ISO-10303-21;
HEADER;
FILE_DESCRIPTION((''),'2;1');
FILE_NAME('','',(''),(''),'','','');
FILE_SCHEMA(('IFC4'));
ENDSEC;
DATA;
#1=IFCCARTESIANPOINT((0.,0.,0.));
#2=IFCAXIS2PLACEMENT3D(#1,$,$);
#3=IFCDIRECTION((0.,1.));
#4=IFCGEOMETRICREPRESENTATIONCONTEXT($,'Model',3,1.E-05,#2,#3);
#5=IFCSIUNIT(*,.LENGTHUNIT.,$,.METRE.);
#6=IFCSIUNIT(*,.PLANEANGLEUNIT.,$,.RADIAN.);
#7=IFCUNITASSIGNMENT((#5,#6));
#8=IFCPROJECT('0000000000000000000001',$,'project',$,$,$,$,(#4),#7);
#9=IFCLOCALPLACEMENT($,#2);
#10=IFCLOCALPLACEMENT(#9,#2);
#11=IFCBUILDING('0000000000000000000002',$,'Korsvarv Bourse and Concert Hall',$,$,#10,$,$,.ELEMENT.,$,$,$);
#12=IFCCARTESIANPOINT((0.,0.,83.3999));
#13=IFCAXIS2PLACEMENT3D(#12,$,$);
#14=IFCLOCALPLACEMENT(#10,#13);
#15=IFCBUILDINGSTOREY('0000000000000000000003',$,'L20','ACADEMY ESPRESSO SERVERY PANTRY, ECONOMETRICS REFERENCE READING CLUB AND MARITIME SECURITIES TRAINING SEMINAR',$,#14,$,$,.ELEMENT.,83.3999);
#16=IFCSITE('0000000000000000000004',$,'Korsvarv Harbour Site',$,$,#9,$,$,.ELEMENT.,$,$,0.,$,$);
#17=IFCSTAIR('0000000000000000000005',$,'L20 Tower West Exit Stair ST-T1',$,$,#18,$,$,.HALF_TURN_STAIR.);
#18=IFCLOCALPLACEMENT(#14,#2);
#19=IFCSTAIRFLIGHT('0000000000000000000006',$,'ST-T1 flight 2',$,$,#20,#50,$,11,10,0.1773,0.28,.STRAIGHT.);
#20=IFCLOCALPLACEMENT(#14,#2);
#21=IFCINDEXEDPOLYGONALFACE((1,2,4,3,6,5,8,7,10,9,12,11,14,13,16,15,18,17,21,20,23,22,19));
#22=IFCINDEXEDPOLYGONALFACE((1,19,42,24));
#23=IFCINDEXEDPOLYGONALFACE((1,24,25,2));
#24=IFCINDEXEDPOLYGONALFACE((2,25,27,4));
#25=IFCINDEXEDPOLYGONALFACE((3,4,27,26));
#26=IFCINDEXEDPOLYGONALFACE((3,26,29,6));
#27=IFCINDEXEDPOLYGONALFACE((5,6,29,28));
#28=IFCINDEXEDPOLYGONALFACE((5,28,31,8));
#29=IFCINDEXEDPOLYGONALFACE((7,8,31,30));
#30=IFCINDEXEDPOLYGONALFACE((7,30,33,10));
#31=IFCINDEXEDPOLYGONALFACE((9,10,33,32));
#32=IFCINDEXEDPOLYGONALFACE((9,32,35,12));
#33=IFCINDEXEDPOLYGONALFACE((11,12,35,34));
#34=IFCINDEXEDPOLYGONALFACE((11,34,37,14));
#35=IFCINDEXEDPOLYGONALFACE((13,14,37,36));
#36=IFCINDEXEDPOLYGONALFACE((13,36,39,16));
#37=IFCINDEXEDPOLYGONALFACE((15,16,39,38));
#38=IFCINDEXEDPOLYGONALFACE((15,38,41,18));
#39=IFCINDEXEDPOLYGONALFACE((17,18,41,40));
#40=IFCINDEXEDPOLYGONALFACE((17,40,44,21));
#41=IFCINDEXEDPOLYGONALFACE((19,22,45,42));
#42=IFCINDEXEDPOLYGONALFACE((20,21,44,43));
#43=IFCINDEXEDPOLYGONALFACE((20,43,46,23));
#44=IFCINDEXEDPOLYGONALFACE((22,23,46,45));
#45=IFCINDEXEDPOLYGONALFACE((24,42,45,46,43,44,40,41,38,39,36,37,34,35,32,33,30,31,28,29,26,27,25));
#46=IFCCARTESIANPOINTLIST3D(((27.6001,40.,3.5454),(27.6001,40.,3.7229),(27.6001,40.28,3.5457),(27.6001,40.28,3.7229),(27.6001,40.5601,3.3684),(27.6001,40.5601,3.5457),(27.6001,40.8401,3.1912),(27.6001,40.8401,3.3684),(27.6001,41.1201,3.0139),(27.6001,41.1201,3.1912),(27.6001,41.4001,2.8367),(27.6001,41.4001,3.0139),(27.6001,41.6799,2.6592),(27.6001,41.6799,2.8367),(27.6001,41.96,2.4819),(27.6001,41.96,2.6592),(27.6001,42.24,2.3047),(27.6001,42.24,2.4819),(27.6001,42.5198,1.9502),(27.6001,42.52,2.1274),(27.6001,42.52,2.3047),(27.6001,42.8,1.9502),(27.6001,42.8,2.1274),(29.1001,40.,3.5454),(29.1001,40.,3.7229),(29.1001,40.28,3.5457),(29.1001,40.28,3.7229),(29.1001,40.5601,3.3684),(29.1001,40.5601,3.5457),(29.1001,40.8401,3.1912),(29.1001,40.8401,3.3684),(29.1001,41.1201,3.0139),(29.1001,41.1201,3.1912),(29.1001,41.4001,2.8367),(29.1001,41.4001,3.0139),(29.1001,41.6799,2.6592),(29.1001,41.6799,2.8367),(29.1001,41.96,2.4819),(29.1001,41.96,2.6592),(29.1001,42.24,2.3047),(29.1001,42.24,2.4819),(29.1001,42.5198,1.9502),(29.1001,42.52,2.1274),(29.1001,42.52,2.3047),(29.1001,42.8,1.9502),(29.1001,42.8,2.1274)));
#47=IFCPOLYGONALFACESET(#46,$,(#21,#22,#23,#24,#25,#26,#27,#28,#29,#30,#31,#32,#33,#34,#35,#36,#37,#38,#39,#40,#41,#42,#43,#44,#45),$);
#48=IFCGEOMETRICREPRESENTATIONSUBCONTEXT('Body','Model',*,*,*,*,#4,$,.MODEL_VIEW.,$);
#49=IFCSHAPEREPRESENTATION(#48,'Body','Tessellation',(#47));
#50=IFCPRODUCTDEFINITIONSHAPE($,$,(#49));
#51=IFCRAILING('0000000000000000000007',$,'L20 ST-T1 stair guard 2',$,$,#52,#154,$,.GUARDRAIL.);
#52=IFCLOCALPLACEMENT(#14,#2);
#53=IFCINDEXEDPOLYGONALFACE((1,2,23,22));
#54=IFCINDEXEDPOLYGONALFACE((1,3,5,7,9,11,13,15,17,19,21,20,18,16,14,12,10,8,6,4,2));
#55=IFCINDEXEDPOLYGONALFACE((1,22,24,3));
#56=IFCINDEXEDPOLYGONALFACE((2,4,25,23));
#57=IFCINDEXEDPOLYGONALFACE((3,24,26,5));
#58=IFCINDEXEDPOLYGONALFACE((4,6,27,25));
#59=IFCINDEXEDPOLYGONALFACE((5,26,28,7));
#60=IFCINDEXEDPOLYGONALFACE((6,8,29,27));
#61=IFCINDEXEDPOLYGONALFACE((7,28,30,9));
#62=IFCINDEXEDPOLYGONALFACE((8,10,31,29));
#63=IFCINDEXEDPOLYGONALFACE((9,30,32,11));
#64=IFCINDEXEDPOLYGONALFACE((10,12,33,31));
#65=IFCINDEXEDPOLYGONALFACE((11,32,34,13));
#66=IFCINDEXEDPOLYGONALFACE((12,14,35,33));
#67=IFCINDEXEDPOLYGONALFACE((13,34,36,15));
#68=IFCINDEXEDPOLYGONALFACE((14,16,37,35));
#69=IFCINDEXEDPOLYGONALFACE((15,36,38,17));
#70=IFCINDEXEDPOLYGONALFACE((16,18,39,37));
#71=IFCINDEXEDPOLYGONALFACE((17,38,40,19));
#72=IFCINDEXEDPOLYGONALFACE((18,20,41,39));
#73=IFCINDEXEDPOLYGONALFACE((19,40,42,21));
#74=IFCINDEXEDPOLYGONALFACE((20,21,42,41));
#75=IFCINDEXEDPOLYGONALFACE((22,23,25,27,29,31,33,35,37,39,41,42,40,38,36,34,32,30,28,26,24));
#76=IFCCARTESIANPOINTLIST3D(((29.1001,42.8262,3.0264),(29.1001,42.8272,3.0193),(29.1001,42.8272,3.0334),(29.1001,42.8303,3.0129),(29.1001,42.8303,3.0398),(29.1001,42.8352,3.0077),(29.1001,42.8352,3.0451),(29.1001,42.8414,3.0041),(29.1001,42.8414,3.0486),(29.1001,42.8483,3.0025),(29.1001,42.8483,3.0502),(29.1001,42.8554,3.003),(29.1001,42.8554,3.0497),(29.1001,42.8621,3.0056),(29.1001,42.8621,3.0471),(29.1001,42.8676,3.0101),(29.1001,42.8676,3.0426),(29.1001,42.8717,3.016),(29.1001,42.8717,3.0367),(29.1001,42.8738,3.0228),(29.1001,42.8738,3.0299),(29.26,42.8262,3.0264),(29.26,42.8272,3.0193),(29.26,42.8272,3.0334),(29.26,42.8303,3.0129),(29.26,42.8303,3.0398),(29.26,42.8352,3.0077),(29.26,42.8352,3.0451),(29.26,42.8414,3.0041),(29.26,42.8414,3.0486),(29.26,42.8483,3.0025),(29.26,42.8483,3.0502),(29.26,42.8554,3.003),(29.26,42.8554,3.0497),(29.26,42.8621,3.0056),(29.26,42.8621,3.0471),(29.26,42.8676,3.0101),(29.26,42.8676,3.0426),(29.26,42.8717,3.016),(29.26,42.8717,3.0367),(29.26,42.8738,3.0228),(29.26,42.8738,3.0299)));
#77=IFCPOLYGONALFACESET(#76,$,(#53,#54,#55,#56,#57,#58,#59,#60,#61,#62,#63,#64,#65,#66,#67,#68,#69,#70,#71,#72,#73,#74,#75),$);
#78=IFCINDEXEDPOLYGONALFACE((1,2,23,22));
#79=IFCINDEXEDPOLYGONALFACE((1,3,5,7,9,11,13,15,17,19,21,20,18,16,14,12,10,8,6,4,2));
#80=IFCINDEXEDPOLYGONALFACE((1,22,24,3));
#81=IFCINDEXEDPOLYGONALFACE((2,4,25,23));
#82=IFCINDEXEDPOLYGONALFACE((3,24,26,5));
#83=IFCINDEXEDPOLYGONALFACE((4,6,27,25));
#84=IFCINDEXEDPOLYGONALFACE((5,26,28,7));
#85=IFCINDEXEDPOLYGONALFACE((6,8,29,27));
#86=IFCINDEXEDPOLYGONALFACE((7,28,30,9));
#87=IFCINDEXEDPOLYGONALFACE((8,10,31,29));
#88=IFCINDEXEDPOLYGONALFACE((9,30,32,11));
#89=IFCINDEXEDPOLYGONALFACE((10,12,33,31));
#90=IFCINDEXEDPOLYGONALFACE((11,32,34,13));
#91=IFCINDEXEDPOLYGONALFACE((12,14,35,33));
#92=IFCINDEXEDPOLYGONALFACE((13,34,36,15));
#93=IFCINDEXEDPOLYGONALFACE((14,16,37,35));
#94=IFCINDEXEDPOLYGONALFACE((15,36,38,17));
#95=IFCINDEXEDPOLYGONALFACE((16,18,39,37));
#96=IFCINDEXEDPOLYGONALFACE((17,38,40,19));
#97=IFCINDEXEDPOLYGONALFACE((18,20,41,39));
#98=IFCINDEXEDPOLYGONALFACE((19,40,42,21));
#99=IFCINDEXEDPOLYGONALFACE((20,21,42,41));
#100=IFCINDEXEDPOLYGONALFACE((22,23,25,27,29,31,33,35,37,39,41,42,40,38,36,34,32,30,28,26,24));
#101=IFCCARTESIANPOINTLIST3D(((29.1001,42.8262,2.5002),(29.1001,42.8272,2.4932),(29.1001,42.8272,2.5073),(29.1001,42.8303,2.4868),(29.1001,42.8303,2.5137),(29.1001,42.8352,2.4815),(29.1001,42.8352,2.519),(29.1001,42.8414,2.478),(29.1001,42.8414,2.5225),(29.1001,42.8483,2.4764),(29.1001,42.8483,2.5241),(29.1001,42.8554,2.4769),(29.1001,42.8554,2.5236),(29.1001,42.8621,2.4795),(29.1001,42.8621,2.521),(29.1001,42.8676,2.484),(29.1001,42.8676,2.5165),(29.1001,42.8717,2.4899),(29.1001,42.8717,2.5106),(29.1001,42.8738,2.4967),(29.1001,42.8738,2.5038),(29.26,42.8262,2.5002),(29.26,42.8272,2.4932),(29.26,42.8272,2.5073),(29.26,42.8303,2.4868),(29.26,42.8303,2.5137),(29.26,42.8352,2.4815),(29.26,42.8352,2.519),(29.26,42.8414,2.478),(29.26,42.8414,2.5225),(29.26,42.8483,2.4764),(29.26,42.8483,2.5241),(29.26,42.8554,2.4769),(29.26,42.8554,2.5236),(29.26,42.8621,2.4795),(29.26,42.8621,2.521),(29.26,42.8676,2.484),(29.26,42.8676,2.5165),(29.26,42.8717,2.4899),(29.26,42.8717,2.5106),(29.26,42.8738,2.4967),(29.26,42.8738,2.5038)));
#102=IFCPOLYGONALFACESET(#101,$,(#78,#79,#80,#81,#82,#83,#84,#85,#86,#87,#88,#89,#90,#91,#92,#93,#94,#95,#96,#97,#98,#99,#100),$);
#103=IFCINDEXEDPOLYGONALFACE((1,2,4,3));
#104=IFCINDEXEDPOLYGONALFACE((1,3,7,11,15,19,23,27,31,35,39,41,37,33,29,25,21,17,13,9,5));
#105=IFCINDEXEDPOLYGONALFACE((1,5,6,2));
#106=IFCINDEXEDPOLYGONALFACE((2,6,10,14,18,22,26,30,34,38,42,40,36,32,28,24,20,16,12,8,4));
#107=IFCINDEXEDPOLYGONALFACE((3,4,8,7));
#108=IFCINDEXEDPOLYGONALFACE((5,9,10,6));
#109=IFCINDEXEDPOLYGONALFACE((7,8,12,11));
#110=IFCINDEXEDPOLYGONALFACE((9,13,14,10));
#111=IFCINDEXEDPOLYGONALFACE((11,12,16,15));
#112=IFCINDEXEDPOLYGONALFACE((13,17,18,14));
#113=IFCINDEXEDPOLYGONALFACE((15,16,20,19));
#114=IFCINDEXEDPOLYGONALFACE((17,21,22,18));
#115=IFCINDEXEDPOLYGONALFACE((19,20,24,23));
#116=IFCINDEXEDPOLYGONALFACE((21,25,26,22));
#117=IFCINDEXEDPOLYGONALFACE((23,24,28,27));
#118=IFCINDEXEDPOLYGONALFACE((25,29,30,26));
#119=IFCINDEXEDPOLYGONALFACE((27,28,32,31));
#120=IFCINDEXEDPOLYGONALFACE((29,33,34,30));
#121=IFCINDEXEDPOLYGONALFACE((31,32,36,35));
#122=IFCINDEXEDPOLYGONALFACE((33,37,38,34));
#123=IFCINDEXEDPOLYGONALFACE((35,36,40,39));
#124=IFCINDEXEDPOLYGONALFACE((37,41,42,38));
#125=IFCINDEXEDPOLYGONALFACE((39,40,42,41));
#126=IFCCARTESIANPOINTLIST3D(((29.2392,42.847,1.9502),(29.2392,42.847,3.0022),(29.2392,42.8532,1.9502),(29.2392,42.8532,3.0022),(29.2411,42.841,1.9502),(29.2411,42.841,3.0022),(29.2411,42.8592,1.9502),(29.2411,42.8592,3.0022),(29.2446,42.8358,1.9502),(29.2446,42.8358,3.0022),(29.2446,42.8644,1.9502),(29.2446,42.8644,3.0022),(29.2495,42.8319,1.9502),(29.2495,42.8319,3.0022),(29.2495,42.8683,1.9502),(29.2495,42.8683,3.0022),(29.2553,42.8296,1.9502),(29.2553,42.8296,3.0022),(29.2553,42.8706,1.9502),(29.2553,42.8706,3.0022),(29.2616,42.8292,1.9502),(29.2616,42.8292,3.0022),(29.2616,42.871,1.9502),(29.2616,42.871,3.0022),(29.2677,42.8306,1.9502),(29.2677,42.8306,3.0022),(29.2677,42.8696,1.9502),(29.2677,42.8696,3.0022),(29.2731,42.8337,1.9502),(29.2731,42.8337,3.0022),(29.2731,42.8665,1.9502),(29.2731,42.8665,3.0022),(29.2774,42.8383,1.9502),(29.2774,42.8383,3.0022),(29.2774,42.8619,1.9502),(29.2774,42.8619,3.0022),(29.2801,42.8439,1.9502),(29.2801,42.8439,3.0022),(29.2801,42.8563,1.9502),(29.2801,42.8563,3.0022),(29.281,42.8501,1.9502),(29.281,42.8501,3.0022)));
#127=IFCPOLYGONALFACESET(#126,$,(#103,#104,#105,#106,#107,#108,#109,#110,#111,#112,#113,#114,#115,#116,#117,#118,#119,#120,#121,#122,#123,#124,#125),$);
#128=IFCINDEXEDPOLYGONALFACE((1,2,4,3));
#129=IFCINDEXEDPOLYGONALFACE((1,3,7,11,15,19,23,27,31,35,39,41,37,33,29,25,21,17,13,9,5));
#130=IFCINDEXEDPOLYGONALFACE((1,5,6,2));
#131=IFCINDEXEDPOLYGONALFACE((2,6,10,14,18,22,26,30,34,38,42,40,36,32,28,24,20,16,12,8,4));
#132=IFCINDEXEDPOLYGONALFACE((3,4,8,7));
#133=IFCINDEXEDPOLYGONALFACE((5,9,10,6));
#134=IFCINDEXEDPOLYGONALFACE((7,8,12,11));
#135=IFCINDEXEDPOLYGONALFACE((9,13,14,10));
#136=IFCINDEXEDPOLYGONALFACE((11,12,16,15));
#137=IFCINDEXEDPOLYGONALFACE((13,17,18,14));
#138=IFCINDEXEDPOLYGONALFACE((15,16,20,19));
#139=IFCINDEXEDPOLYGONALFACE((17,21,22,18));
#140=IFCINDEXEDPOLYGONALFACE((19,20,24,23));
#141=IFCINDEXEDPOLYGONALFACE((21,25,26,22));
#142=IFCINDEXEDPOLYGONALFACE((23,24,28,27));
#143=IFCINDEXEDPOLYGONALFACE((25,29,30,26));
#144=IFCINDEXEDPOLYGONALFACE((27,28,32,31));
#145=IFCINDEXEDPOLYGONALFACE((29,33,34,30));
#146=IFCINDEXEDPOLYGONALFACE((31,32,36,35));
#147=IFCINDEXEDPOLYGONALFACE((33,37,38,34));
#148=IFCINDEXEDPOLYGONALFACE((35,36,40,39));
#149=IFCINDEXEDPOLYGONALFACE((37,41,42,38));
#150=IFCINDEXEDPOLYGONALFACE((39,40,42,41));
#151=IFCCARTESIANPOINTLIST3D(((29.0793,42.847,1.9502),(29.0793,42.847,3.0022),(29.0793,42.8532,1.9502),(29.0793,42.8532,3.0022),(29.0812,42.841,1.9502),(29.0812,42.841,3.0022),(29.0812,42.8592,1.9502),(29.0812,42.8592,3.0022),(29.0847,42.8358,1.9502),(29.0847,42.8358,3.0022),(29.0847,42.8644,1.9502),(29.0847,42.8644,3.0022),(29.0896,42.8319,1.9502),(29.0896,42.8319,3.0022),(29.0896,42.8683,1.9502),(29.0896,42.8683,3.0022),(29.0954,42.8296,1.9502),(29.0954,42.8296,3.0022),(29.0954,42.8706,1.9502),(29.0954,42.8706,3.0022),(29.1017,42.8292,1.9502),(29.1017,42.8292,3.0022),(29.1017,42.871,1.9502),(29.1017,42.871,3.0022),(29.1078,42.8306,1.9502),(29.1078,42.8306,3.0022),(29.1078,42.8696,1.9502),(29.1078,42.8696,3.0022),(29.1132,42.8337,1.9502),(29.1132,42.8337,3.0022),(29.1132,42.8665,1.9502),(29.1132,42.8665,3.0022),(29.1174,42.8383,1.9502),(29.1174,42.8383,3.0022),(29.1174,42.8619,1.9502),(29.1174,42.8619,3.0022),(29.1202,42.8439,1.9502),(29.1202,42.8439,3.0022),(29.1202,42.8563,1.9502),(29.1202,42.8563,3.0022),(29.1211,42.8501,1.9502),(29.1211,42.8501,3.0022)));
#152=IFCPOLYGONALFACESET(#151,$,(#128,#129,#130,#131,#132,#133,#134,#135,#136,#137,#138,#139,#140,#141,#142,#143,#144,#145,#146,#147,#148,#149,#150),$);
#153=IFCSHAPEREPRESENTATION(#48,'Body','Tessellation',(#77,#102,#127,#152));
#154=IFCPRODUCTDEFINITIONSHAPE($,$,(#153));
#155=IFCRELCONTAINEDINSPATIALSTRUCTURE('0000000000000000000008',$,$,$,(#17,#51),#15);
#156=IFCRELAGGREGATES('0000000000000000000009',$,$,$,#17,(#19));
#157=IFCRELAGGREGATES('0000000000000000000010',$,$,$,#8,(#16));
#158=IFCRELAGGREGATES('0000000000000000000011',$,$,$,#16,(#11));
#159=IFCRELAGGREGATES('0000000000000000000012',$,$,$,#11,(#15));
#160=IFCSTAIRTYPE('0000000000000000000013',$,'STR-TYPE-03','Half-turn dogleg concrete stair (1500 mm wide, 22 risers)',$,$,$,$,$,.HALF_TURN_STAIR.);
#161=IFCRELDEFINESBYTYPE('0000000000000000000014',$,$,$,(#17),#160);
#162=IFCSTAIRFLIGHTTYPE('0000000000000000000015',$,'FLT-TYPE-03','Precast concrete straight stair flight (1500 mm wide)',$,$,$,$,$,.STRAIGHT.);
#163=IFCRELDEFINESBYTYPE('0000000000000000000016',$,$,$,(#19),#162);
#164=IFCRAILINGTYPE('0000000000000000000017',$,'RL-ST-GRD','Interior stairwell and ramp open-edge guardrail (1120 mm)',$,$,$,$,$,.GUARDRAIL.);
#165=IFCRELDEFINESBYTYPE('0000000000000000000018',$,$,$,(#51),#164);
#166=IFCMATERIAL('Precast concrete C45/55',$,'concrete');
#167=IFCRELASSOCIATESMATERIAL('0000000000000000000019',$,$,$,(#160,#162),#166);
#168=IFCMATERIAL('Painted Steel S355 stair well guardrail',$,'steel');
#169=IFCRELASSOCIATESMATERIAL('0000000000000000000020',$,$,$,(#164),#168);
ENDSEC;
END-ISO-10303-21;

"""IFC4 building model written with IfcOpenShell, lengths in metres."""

from ifc_helpers import new_model, si_unit, direction, frame, origin, origin_2d, place, context, subcontext, project, spatial, polyline, circle, outline, extrude, material, type_object, element, aggregate, save


model = new_model("IFC4")

# Units and contexts
model_context = context("Model", 3, precision=1e-05, world=origin(), true_north=direction((0.0, 1.0)))
body_context = subcontext(model_context, "Body", "Model", "MODEL_VIEW")
ifc_project = project(units=[si_unit("LENGTHUNIT", "METRE"), si_unit("PLANEANGLEUNIT", "RADIAN")], contexts=[model_context])

# Site, building, storey
site_placement = place(None, origin())
site = spatial("IfcSite", under=ifc_project, at=site_placement, Name="Korsvarv Harbour Site", CompositionType="ELEMENT", RefElevation=0.0)
building_placement = place(site_placement, origin())
building = spatial("IfcBuilding", under=site, at=building_placement, Name="Korsvarv Bourse and Concert Hall", CompositionType="ELEMENT")
storey_placement = place(building_placement, frame((0.0, 0.0, 83.3999)))
storey = spatial("IfcBuildingStorey", under=building, at=storey_placement, Name="L20", Description="ACADEMY ESPRESSO SERVERY PANTRY, ECONOMETRICS REFERENCE READING CLUB AND MARITIME SECURITIES TRAINING SEMINAR", CompositionType="ELEMENT", Elevation=83.3999)

# Stair, stair flight
ifc_material_1 = material(Name="Precast concrete C45/55", Category="concrete")
stair_type = type_object("IfcStairType", Name="STR-TYPE-03", Description="Half-turn dogleg concrete stair (1500 mm wide, 22 risers)", PredefinedType="HALF_TURN_STAIR", material=ifc_material_1)
stair_placement = place(storey_placement, origin())
stair = element("IfcStair", 1, at=stair_placement, inside=storey, type_object=stair_type, Name="L20 Tower West Exit Stair ST-T1", PredefinedType="HALF_TURN_STAIR")
stair_flight_type = type_object("IfcStairFlightType", Name="FLT-TYPE-03", Description="Precast concrete straight stair flight (1500 mm wide)", PredefinedType="STRAIGHT", material=ifc_material_1)
stair_flight_placement = place(storey_placement, frame((28.3501, 42.8, 1.9502), z_axis=(0.0, 0.0, 1.0), x_axis=(0.0, -1.0, 0.0)))
stair_flight = element("IfcStairFlight", 2, at=stair_flight_placement, type_object=stair_flight_type, Name="ST-T1 flight 2", NumberOfRisers=11, NumberOfTreads=10, PredefinedType="STRAIGHT", RiserHeight=0.1773, TreadLength=0.28, context=body_context, shape_type="SweptSolid", body=[
    extrude(outline(polyline([(0.0, 0.0), (0.0, 0.1772), (0.28, 0.1772), (0.28, 0.3545), (0.5601, 0.3545), (0.5601, 0.5317), (0.8401, 0.5317), (0.8401, 0.709), (1.1201, 0.709), (1.1201, 0.8865), (1.3999, 0.8865), (1.3999, 1.0637), (1.6799, 1.0637), (1.6799, 1.241), (1.96, 1.241), (1.96, 1.4182), (2.24, 1.4182), (2.24, 1.5955), (2.52, 1.5955), (2.52, 1.7727), (2.8, 1.7727), (2.8, 1.95), (2.8, 1.5952), (0.2803, 0.0), (0.0, 0.0)])), frame((0.0, 0.75, 0.0), z_axis=(0.0, -1.0, 0.0), x_axis=(1.0, 0.0, 0.0)), (0.0, 0.0, 1.0), 1.5),
])
aggregate(stair, [stair_flight])

# Railing
ifc_material_2 = material(Name="Painted Steel S355 stair well guardrail", Category="steel")
railing_type_1 = type_object("IfcRailingType", Name="RL-ST-GRD", Description="Interior stairwell and ramp open-edge guardrail (1120 mm)", PredefinedType="GUARDRAIL", material=ifc_material_2)
railing_1_placement = place(storey_placement, frame((29.26, 42.8501, 1.9502)))
element("IfcRailing", 3, at=railing_1_placement, inside=storey, type_object=railing_type_1, Name="L20 ST-T1 stair guard 2", PredefinedType="GUARDRAIL", context=body_context, shape_type="SweptSolid", body=[
    extrude(circle(Radius=0.0239, at=origin_2d()), frame((0.0, 0.0, 1.0762), z_axis=(-1.0, 0.0, 0.0), x_axis=(0.0, -1.0, 0.0)), (0.0, 0.0, 1.0), 0.1599),
    extrude(circle(Radius=0.0239, at=origin_2d()), frame((0.0, 0.0, 0.55), z_axis=(-1.0, 0.0, 0.0), x_axis=(0.0, -1.0, 0.0)), (0.0, 0.0, 1.0), 0.1599),
    extrude(circle(Radius=0.021, at=origin_2d()), origin(), (0.0, 0.0, 1.0), 1.052),
    extrude(circle(Radius=0.021, at=origin_2d()), frame((-0.1599, 0.0, 0.0)), (0.0, 0.0, 1.0), 1.052),
])

save(model, "model.ifc")
